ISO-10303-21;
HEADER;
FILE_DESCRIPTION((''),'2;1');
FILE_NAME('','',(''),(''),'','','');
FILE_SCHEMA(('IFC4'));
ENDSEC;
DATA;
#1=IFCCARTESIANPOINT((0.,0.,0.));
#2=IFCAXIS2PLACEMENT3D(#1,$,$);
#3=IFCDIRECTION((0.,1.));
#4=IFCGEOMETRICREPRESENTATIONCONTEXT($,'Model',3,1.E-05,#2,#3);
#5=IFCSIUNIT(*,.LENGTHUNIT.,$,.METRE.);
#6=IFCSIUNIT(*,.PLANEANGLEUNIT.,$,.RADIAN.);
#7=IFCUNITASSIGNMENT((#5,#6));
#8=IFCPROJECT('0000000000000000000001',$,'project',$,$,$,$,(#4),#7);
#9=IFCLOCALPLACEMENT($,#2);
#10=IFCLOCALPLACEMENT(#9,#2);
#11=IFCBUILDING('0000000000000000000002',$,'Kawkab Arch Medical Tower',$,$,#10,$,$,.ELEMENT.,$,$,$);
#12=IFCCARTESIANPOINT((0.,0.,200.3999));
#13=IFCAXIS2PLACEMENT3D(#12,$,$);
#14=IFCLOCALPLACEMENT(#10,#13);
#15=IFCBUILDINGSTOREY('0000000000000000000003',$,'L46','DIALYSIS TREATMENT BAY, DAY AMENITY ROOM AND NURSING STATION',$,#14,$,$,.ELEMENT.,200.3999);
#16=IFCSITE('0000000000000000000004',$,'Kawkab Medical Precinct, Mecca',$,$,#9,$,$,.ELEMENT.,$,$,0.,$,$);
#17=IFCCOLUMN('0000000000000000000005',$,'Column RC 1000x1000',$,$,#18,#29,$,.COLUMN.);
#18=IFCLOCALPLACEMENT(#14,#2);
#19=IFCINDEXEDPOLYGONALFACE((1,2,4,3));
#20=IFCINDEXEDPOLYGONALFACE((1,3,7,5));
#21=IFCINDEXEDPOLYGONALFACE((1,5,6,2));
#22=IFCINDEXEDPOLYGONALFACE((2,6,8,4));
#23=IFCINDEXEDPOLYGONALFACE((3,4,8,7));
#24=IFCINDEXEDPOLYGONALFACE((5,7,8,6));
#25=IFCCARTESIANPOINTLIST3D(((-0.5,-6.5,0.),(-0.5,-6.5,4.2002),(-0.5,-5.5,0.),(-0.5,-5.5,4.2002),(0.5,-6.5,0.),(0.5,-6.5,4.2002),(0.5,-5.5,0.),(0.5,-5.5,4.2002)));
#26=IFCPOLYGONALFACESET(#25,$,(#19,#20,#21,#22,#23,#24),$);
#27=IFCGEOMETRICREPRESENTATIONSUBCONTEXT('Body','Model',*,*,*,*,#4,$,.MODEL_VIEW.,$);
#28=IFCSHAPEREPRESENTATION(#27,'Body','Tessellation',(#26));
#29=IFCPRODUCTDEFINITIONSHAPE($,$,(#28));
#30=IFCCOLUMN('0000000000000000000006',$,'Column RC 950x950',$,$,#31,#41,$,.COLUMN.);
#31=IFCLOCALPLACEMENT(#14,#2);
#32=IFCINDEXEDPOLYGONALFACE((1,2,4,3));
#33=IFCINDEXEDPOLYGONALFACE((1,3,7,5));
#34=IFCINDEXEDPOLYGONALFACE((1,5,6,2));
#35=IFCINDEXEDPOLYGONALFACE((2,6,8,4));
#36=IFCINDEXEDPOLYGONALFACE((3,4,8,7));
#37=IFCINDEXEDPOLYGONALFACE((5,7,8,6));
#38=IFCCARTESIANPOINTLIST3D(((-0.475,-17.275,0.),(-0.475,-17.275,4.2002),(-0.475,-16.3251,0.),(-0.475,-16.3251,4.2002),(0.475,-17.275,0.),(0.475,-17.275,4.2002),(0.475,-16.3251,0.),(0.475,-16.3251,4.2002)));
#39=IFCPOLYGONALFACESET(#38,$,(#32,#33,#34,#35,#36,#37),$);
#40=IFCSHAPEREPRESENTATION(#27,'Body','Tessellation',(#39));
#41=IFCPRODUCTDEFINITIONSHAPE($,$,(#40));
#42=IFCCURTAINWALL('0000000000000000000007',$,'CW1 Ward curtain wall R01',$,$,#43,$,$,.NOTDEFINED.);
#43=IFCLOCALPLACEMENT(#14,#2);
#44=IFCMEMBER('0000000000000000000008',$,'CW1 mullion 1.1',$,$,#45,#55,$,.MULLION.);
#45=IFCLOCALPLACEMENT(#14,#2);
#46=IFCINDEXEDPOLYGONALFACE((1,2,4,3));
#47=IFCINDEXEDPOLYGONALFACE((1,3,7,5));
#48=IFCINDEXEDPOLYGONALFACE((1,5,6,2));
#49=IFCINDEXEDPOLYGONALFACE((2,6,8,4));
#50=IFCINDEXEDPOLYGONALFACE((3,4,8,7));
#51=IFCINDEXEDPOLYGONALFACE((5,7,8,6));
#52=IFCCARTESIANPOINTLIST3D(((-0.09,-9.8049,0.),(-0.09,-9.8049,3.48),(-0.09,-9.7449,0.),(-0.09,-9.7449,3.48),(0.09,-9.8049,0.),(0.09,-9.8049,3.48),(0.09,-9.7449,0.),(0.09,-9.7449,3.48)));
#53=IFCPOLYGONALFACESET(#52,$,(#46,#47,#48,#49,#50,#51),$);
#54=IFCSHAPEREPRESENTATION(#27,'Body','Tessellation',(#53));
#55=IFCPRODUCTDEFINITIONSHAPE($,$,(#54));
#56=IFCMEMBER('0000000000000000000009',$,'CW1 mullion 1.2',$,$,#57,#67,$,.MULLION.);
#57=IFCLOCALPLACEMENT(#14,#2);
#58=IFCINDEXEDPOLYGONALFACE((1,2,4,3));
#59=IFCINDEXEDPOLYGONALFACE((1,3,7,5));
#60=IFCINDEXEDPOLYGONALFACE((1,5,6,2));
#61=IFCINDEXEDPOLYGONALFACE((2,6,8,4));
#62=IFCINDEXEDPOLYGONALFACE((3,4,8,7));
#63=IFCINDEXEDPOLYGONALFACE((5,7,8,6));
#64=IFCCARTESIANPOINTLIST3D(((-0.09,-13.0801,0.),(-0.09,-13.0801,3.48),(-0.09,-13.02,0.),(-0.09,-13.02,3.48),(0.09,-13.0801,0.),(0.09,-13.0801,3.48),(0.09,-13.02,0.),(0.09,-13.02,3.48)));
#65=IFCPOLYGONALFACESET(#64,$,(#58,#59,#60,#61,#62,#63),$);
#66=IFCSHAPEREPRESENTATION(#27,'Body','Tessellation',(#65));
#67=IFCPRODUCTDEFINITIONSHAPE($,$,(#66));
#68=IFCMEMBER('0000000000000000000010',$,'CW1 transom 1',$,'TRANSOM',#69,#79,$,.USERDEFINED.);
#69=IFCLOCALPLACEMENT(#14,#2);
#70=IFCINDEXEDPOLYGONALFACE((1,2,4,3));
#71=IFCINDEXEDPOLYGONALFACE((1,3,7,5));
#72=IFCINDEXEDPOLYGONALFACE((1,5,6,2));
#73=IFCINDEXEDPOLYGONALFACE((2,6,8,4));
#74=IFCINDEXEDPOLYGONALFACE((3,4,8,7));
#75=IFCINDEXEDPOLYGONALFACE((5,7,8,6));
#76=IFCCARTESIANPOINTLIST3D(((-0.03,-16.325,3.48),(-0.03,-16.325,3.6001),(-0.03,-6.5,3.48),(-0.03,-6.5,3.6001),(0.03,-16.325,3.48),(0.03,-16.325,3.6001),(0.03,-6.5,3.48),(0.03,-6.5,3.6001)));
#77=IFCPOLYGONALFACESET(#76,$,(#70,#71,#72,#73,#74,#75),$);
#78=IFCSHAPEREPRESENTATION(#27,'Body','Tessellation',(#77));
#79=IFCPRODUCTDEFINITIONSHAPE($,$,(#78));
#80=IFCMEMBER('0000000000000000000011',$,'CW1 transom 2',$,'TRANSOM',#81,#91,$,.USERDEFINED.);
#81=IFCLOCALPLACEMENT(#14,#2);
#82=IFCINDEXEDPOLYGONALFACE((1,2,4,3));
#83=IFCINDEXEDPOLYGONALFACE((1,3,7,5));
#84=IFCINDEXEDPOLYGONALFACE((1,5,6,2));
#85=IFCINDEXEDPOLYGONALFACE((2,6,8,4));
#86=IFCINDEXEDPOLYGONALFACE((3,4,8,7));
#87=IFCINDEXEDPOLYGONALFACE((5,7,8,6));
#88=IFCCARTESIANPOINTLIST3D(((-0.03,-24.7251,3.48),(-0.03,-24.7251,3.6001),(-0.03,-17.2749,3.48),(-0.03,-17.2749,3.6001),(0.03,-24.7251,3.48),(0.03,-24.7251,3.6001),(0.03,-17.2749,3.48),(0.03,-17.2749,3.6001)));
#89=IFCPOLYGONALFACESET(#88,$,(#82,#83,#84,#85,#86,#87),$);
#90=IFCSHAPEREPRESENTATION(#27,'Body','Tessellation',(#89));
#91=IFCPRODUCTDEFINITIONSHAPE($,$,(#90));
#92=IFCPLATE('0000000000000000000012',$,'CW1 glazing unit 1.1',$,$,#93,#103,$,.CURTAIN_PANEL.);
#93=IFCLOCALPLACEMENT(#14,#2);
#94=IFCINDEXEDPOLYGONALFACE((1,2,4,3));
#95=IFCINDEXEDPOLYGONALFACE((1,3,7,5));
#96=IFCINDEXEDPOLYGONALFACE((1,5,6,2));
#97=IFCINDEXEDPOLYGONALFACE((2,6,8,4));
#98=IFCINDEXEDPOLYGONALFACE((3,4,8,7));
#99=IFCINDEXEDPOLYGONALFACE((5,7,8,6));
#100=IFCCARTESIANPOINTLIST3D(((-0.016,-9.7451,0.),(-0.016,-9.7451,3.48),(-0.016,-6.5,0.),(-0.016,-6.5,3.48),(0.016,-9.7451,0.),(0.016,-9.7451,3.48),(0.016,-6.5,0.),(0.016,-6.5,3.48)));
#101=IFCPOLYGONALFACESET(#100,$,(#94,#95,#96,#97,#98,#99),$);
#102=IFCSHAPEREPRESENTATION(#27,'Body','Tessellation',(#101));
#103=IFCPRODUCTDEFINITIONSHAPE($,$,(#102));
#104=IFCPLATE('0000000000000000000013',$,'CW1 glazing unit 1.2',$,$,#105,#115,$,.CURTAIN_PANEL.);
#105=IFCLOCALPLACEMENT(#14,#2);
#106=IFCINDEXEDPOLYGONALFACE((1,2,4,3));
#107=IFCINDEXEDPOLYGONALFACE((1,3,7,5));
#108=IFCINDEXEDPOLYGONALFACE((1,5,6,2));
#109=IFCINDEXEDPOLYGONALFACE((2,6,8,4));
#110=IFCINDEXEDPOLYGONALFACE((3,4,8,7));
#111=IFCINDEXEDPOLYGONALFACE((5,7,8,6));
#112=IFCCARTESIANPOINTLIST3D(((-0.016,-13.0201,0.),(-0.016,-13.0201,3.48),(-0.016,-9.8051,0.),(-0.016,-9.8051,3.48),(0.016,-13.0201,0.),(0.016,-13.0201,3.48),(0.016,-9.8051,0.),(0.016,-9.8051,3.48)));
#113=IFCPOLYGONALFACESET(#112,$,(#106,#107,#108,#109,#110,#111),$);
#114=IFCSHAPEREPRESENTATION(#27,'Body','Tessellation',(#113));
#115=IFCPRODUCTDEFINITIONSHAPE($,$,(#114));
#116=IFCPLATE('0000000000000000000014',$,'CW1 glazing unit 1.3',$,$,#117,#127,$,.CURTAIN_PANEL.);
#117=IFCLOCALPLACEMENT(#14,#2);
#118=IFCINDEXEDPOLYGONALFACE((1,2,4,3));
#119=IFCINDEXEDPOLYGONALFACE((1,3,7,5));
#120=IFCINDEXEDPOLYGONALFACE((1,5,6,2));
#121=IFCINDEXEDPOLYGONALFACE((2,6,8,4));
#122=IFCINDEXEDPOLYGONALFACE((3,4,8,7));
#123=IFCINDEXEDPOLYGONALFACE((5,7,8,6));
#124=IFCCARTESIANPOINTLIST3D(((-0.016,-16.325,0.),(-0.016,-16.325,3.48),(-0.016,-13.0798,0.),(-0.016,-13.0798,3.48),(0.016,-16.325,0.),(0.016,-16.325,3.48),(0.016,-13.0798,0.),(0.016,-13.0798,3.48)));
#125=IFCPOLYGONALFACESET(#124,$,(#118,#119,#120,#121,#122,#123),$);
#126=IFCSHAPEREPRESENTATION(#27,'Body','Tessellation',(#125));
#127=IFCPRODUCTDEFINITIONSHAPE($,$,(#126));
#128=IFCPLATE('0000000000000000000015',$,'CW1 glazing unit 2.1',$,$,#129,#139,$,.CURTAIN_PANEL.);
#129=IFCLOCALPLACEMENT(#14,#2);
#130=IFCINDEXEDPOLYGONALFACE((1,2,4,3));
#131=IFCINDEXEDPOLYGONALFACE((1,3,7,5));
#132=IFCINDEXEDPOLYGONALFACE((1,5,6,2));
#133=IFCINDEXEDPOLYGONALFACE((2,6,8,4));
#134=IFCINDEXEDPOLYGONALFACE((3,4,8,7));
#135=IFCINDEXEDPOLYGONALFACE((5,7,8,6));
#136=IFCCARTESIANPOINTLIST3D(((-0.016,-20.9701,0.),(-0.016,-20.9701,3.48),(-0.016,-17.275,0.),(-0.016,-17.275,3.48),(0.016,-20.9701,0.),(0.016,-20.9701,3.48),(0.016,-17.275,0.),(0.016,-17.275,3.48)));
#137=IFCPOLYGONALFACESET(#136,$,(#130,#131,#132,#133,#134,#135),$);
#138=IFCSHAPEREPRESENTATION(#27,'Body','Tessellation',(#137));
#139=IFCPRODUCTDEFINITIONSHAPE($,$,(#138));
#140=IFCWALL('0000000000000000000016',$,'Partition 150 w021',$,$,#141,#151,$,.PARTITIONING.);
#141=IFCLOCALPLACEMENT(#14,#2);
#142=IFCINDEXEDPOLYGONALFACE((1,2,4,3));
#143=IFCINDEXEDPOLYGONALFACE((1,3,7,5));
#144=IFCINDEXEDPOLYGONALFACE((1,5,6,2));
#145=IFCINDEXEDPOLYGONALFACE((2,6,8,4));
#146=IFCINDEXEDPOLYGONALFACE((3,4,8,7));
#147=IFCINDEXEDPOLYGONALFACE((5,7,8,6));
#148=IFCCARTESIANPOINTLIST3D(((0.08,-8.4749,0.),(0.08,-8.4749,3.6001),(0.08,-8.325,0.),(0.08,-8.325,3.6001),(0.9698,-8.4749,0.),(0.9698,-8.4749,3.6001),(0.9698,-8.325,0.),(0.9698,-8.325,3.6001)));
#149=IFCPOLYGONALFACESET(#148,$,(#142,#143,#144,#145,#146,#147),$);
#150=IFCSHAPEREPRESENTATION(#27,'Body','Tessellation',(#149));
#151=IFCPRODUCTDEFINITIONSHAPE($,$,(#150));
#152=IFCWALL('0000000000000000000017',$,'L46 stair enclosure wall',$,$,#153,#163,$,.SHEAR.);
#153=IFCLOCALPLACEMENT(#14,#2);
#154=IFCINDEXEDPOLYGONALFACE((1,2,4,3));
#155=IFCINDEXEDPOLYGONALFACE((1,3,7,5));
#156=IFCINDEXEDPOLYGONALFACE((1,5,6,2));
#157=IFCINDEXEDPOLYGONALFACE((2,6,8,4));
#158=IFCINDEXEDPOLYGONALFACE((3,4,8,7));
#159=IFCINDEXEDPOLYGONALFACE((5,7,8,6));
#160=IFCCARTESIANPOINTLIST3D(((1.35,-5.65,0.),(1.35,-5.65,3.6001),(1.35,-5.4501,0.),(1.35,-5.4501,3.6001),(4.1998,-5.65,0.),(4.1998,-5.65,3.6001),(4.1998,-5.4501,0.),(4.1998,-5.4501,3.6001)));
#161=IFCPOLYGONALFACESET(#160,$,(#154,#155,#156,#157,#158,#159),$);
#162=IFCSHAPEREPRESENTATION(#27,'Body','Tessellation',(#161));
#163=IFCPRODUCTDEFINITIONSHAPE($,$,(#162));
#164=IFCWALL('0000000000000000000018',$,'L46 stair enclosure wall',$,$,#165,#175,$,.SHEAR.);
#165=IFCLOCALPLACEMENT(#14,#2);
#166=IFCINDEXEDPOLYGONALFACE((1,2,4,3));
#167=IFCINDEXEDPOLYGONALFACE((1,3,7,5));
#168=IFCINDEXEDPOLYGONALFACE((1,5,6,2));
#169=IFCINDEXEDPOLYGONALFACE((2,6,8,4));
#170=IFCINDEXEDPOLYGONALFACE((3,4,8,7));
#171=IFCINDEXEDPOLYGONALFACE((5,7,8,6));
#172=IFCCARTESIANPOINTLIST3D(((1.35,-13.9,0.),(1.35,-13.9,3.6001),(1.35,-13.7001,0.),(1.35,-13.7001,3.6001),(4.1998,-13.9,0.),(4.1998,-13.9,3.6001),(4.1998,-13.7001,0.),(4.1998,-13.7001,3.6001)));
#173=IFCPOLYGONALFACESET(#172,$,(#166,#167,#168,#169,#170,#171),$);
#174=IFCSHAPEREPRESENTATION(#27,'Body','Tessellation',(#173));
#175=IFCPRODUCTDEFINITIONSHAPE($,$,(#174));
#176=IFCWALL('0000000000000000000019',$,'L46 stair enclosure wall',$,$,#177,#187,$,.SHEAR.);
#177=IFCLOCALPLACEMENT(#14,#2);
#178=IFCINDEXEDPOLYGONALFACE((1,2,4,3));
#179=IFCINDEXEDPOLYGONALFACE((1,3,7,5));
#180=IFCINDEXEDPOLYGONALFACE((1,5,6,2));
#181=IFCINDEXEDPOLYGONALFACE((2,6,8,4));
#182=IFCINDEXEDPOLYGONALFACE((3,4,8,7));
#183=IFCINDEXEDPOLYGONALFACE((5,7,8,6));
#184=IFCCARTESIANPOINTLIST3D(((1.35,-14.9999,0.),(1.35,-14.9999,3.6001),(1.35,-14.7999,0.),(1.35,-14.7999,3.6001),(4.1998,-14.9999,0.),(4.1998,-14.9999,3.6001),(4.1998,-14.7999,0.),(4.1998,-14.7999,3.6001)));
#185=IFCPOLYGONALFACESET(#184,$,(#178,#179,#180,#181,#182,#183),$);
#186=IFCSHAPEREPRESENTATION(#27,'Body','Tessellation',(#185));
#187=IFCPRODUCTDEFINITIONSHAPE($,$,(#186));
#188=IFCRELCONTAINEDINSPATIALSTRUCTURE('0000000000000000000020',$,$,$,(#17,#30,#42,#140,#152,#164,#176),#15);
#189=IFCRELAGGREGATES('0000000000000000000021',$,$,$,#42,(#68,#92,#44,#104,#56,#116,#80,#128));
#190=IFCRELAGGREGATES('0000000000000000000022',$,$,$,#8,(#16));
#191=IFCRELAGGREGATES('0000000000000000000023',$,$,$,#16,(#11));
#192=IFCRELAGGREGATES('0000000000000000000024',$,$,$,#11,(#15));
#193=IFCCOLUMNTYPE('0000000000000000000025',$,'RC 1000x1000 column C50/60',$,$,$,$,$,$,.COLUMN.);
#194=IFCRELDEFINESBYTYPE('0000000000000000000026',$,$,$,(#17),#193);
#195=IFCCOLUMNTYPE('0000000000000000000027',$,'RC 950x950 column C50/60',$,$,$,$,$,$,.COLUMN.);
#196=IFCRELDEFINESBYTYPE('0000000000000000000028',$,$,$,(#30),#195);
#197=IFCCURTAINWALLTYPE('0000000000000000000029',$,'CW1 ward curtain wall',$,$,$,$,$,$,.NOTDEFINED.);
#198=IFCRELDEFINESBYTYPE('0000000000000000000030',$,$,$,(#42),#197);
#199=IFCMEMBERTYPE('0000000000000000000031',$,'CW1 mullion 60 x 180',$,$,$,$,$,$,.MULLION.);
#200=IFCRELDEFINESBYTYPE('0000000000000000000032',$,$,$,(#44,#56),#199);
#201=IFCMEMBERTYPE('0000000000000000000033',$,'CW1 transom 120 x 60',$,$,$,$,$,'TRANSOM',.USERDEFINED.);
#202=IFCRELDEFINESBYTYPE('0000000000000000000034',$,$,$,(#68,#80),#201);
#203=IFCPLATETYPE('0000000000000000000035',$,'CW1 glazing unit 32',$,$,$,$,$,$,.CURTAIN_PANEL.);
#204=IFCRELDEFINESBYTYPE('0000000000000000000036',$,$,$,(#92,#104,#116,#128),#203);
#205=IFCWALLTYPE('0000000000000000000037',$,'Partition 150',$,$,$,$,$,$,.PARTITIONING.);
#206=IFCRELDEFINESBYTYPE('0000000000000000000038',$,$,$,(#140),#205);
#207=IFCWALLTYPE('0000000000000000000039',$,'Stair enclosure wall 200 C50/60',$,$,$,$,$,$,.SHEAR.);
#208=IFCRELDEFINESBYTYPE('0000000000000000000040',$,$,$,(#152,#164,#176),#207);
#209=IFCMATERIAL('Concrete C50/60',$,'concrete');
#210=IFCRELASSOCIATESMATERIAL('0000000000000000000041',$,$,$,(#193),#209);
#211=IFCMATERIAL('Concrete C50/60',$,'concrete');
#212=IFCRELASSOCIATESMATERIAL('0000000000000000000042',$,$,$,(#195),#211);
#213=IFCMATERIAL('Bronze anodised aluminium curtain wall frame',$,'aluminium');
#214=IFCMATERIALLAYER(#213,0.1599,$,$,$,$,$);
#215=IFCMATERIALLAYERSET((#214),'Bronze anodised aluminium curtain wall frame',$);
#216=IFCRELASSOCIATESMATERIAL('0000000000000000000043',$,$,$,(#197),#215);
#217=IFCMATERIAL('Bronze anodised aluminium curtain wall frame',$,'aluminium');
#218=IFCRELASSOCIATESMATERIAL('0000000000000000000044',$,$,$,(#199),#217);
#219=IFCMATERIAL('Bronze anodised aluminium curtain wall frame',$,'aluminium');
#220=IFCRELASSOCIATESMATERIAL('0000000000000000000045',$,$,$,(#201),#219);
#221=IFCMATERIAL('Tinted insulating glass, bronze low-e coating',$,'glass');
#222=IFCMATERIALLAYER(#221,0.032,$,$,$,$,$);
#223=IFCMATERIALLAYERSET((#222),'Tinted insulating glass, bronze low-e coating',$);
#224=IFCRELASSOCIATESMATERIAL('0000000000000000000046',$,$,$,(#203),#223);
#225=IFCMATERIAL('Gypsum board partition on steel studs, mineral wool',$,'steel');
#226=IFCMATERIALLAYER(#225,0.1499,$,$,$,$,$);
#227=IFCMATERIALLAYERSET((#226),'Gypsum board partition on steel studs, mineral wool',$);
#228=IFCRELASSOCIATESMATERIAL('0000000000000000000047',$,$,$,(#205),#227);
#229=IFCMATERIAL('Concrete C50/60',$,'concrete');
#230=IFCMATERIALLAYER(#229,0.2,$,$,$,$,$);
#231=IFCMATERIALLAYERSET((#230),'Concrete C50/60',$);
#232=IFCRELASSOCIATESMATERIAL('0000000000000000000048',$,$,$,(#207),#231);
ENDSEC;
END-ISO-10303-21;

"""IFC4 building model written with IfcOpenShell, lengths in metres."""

from ifc_helpers import new_model, si_unit, direction, frame, frame_2d, origin, origin_2d, place, context, subcontext, project, spatial, rectangle, extrude, material, layer, layer_set, material_profile, profile_set, type_object, element, aggregate, save


model = new_model("IFC4")

# Units and contexts
model_context = context("Model", 3, precision=1e-05, world=origin(), true_north=direction((0.0, 1.0)))
body_context = subcontext(model_context, "Body", "Model", "MODEL_VIEW")
ifc_project = project(units=[si_unit("LENGTHUNIT", "METRE"), si_unit("PLANEANGLEUNIT", "RADIAN")], contexts=[model_context])

# Site, building, storey
site_placement = place(None, origin())
site = spatial("IfcSite", under=ifc_project, at=site_placement, Name="Kawkab Medical Precinct, Mecca", CompositionType="ELEMENT", RefElevation=0.0)
building_placement = place(site_placement, origin())
building = spatial("IfcBuilding", under=site, at=building_placement, Name="Kawkab Arch Medical Tower", CompositionType="ELEMENT")
storey_placement = place(building_placement, frame((0.0, 0.0, 200.3999)))
storey = spatial("IfcBuildingStorey", under=building, at=storey_placement, Name="L46", Description="DIALYSIS TREATMENT BAY, DAY AMENITY ROOM AND NURSING STATION", CompositionType="ELEMENT", Elevation=200.3999)

# Columns
ifc_material_1 = material(Name="Concrete C50/60", Category="concrete")
ifc_material_profile_1 = material_profile(ifc_material_1, rectangle(XDim=1.0, YDim=1.0, at=origin_2d()), Name="RC 1000x1000")
ifc_profile_set_1 = profile_set([ifc_material_profile_1], Name="Concrete C50/60")
column_type_1 = type_object("IfcColumnType", Name="RC 1000x1000 column C50/60", PredefinedType="COLUMN", material=ifc_profile_set_1)
column_1_placement = place(storey_placement, frame((0.0, -6.0, 0.0), z_axis=(0.0, 0.0, 1.0), x_axis=(1.0, 0.0, 0.0)))
element("IfcColumn", 1, at=column_1_placement, inside=storey, type_object=column_type_1, Name="Column RC 1000x1000", PredefinedType="COLUMN", context=body_context, shape_type="SweptSolid", body=[
    extrude(rectangle(XDim=1.0, YDim=1.0, at=origin_2d()), origin(), (0.0, 0.0, 1.0), 4.2002),
])
ifc_material_2 = material(Name="Concrete C50/60", Category="concrete")
ifc_material_profile_2 = material_profile(ifc_material_2, rectangle(XDim=0.95, YDim=0.95, at=origin_2d()), Name="RC 950x950")
ifc_profile_set_2 = profile_set([ifc_material_profile_2], Name="Concrete C50/60")
column_type_2 = type_object("IfcColumnType", Name="RC 950x950 column C50/60", PredefinedType="COLUMN", material=ifc_profile_set_2)
column_2_placement = place(storey_placement, frame((0.0, -16.8, 0.0), z_axis=(0.0, 0.0, 1.0), x_axis=(1.0, 0.0, 0.0)))
element("IfcColumn", 2, at=column_2_placement, inside=storey, type_object=column_type_2, Name="Column RC 950x950", PredefinedType="COLUMN", context=body_context, shape_type="SweptSolid", body=[
    extrude(rectangle(XDim=0.95, YDim=0.95, at=origin_2d()), origin(), (0.0, 0.0, 1.0), 4.2002),
])

# Curtain wall, members, plates
ifc_material_3 = material(Name="Bronze anodised aluminium curtain wall frame", Category="aluminium")
ifc_layer_1 = layer(ifc_material_3, 0.1599)
ifc_layer_set_1 = layer_set([ifc_layer_1], Name="Bronze anodised aluminium curtain wall frame")
curtain_wall_type = type_object("IfcCurtainWallType", Name="CW1 ward curtain wall", PredefinedType="NOTDEFINED", material=ifc_layer_set_1)
placement = place(storey_placement, origin())
curtain_wall = element("IfcCurtainWall", 3, at=placement, inside=storey, type_object=curtain_wall_type, Name="CW1 Ward curtain wall R01", PredefinedType="NOTDEFINED")
ifc_material_4 = material(Name="Bronze anodised aluminium curtain wall frame", Category="aluminium")
ifc_material_profile_3 = material_profile(ifc_material_4, rectangle(XDim=0.1799, YDim=0.0601, at=origin_2d()), Name="AL 60x180")
ifc_profile_set_3 = profile_set([ifc_material_profile_3], Name="Bronze anodised aluminium curtain wall frame")
member_type_1 = type_object("IfcMemberType", Name="CW1 mullion 60 x 180", PredefinedType="MULLION", material=ifc_profile_set_3)
member_1_placement = place(storey_placement, frame((0.0, -9.7749, 0.0), z_axis=(0.0, 0.0, 1.0), x_axis=(1.0, 0.0, 0.0)))
member_1 = element("IfcMember", 4, at=member_1_placement, type_object=member_type_1, Name="CW1 mullion 1.1", PredefinedType="MULLION", context=body_context, shape_type="SweptSolid", body=[
    extrude(rectangle(XDim=0.1799, YDim=0.0601, at=origin_2d()), origin(), (0.0, 0.0, 1.0), 3.48),
])
member_2_placement = place(storey_placement, frame((0.0, -13.05, 0.0), z_axis=(0.0, 0.0, 1.0), x_axis=(1.0, 0.0, 0.0)))
member_2 = element("IfcMember", 5, at=member_2_placement, type_object=member_type_1, Name="CW1 mullion 1.2", PredefinedType="MULLION", context=body_context, shape_type="SweptSolid", body=[
    extrude(rectangle(XDim=0.1799, YDim=0.0601, at=origin_2d()), origin(), (0.0, 0.0, 1.0), 3.48),
])
ifc_material_5 = material(Name="Bronze anodised aluminium curtain wall frame", Category="aluminium")
ifc_material_profile_4 = material_profile(ifc_material_5, rectangle(XDim=0.0601, YDim=0.1201, at=origin_2d()), Name="AL 60x120")
ifc_profile_set_4 = profile_set([ifc_material_profile_4], Name="Bronze anodised aluminium curtain wall frame")
member_type_2 = type_object("IfcMemberType", Name="CW1 transom 120 x 60", ElementType="TRANSOM", PredefinedType="USERDEFINED", material=ifc_profile_set_4)
member_3_placement = place(storey_placement, frame((0.0, -6.5, 3.54), z_axis=(0.0, -1.0, 0.0), x_axis=(1.0, 0.0, 0.0)))
member_3 = element("IfcMember", 6, at=member_3_placement, type_object=member_type_2, Name="CW1 transom 1", ObjectType="TRANSOM", PredefinedType="USERDEFINED", context=body_context, shape_type="SweptSolid", body=[
    extrude(rectangle(XDim=0.0601, YDim=0.1201, at=origin_2d()), origin(), (0.0, 0.0, 1.0), 9.825),
])
member_4_placement = place(storey_placement, frame((0.0, -17.2749, 3.54), z_axis=(0.0, -1.0, 0.0), x_axis=(1.0, 0.0, 0.0)))
member_4 = element("IfcMember", 7, at=member_4_placement, type_object=member_type_2, Name="CW1 transom 2", ObjectType="TRANSOM", PredefinedType="USERDEFINED", context=body_context, shape_type="SweptSolid", body=[
    extrude(rectangle(XDim=0.0601, YDim=0.1201, at=origin_2d()), origin(), (0.0, 0.0, 1.0), 7.4502),
])
ifc_material_6 = material(Name="Tinted insulating glass, bronze low-e coating", Category="glass")
ifc_layer_2 = layer(ifc_material_6, 0.032)
ifc_layer_set_2 = layer_set([ifc_layer_2], Name="Tinted insulating glass, bronze low-e coating")
plate_type = type_object("IfcPlateType", Name="CW1 glazing unit 32", PredefinedType="CURTAIN_PANEL", material=ifc_layer_set_2)
plate_1_placement = place(storey_placement, frame((0.0, -8.1226, 0.0), z_axis=(0.0, 0.0, 1.0), x_axis=(0.0, -1.0, 0.0)))
plate_1 = element("IfcPlate", 8, at=plate_1_placement, type_object=plate_type, Name="CW1 glazing unit 1.1", PredefinedType="CURTAIN_PANEL", context=body_context, shape_type="SweptSolid", body=[
    extrude(rectangle(XDim=3.2451, YDim=0.032, at=origin_2d()), origin(), (0.0, 0.0, 1.0), 3.48),
])
plate_2_placement = place(storey_placement, frame((0.0, -11.4126, 0.0), z_axis=(0.0, 0.0, 1.0), x_axis=(0.0, -1.0, 0.0)))
plate_2 = element("IfcPlate", 9, at=plate_2_placement, type_object=plate_type, Name="CW1 glazing unit 1.2", PredefinedType="CURTAIN_PANEL", context=body_context, shape_type="SweptSolid", body=[
    extrude(rectangle(XDim=3.2151, YDim=0.032, at=origin_2d()), origin(), (0.0, 0.0, 1.0), 3.48),
])
plate_3_placement = place(storey_placement, frame((0.0, -14.7024, 0.0), z_axis=(0.0, 0.0, 1.0), x_axis=(0.0, -1.0, 0.0)))
plate_3 = element("IfcPlate", 10, at=plate_3_placement, type_object=plate_type, Name="CW1 glazing unit 1.3", PredefinedType="CURTAIN_PANEL", context=body_context, shape_type="SweptSolid", body=[
    extrude(rectangle(XDim=3.2451, YDim=0.032, at=origin_2d()), origin(), (0.0, 0.0, 1.0), 3.48),
])
plate_4_placement = place(storey_placement, frame((0.0, -19.1226, 0.0), z_axis=(0.0, 0.0, 1.0), x_axis=(0.0, -1.0, 0.0)))
plate_4 = element("IfcPlate", 11, at=plate_4_placement, type_object=plate_type, Name="CW1 glazing unit 2.1", PredefinedType="CURTAIN_PANEL", context=body_context, shape_type="SweptSolid", body=[
    extrude(rectangle(XDim=3.6951, YDim=0.032, at=origin_2d()), origin(), (0.0, 0.0, 1.0), 3.48),
])
aggregate(curtain_wall, [member_3, plate_1, member_1, plate_2, member_2, plate_3, member_4, plate_4])

# Walls
ifc_material_7 = material(Name="Gypsum board partition on steel studs, mineral wool", Category="steel")
ifc_layer_3 = layer(ifc_material_7, 0.1499)
ifc_layer_set_3 = layer_set([ifc_layer_3], Name="Gypsum board partition on steel studs, mineral wool")
wall_type_1 = type_object("IfcWallType", Name="Partition 150", PredefinedType="PARTITIONING", material=ifc_layer_set_3)
wall_1_placement = place(storey_placement, frame((0.0801, -8.3999, 0.0), z_axis=(0.0, 0.0, 1.0), x_axis=(1.0, 0.0, 0.0)))
element("IfcWall", 12, at=wall_1_placement, inside=storey, type_object=wall_type_1, Name="Partition 150 w021", PredefinedType="PARTITIONING", context=body_context, shape_type="SweptSolid", body=[
    extrude(rectangle(XDim=0.8899, YDim=0.1499, at=frame_2d((0.4448, 0.0))), origin(), (0.0, 0.0, 1.0), 3.6001),
])
ifc_material_8 = material(Name="Concrete C50/60", Category="concrete")
ifc_layer_4 = layer(ifc_material_8, 0.2)
ifc_layer_set_4 = layer_set([ifc_layer_4], Name="Concrete C50/60")
wall_type_2 = type_object("IfcWallType", Name="Stair enclosure wall 200 C50/60", PredefinedType="SHEAR", material=ifc_layer_set_4)
for number, where, z_axis, x_axis, name in (
    (13, (1.3501, -5.55, 0.0), (0.0, 0.0, 1.0), (1.0, 0.0, 0.0), "L46 stair enclosure wall"),
    (14, (1.3501, -13.8, 0.0), (0.0, 0.0, 1.0), (1.0, 0.0, 0.0), "L46 stair enclosure wall"),
    (15, (1.3501, -14.8999, 0.0), (0.0, 0.0, 1.0), (1.0, 0.0, 0.0), "L46 stair enclosure wall"),
):
    element("IfcWall", number, at=place(storey_placement, frame(where, z_axis=z_axis, x_axis=x_axis)), inside=storey, type_object=wall_type_2, Name=name, PredefinedType="SHEAR", context=body_context, shape_type="SweptSolid", body=[
        extrude(rectangle(XDim=2.8499, YDim=0.2, at=frame_2d((1.4248, 0.0))), origin(), (0.0, 0.0, 1.0), 3.6001),
    ])

save(model, "model.ifc")
